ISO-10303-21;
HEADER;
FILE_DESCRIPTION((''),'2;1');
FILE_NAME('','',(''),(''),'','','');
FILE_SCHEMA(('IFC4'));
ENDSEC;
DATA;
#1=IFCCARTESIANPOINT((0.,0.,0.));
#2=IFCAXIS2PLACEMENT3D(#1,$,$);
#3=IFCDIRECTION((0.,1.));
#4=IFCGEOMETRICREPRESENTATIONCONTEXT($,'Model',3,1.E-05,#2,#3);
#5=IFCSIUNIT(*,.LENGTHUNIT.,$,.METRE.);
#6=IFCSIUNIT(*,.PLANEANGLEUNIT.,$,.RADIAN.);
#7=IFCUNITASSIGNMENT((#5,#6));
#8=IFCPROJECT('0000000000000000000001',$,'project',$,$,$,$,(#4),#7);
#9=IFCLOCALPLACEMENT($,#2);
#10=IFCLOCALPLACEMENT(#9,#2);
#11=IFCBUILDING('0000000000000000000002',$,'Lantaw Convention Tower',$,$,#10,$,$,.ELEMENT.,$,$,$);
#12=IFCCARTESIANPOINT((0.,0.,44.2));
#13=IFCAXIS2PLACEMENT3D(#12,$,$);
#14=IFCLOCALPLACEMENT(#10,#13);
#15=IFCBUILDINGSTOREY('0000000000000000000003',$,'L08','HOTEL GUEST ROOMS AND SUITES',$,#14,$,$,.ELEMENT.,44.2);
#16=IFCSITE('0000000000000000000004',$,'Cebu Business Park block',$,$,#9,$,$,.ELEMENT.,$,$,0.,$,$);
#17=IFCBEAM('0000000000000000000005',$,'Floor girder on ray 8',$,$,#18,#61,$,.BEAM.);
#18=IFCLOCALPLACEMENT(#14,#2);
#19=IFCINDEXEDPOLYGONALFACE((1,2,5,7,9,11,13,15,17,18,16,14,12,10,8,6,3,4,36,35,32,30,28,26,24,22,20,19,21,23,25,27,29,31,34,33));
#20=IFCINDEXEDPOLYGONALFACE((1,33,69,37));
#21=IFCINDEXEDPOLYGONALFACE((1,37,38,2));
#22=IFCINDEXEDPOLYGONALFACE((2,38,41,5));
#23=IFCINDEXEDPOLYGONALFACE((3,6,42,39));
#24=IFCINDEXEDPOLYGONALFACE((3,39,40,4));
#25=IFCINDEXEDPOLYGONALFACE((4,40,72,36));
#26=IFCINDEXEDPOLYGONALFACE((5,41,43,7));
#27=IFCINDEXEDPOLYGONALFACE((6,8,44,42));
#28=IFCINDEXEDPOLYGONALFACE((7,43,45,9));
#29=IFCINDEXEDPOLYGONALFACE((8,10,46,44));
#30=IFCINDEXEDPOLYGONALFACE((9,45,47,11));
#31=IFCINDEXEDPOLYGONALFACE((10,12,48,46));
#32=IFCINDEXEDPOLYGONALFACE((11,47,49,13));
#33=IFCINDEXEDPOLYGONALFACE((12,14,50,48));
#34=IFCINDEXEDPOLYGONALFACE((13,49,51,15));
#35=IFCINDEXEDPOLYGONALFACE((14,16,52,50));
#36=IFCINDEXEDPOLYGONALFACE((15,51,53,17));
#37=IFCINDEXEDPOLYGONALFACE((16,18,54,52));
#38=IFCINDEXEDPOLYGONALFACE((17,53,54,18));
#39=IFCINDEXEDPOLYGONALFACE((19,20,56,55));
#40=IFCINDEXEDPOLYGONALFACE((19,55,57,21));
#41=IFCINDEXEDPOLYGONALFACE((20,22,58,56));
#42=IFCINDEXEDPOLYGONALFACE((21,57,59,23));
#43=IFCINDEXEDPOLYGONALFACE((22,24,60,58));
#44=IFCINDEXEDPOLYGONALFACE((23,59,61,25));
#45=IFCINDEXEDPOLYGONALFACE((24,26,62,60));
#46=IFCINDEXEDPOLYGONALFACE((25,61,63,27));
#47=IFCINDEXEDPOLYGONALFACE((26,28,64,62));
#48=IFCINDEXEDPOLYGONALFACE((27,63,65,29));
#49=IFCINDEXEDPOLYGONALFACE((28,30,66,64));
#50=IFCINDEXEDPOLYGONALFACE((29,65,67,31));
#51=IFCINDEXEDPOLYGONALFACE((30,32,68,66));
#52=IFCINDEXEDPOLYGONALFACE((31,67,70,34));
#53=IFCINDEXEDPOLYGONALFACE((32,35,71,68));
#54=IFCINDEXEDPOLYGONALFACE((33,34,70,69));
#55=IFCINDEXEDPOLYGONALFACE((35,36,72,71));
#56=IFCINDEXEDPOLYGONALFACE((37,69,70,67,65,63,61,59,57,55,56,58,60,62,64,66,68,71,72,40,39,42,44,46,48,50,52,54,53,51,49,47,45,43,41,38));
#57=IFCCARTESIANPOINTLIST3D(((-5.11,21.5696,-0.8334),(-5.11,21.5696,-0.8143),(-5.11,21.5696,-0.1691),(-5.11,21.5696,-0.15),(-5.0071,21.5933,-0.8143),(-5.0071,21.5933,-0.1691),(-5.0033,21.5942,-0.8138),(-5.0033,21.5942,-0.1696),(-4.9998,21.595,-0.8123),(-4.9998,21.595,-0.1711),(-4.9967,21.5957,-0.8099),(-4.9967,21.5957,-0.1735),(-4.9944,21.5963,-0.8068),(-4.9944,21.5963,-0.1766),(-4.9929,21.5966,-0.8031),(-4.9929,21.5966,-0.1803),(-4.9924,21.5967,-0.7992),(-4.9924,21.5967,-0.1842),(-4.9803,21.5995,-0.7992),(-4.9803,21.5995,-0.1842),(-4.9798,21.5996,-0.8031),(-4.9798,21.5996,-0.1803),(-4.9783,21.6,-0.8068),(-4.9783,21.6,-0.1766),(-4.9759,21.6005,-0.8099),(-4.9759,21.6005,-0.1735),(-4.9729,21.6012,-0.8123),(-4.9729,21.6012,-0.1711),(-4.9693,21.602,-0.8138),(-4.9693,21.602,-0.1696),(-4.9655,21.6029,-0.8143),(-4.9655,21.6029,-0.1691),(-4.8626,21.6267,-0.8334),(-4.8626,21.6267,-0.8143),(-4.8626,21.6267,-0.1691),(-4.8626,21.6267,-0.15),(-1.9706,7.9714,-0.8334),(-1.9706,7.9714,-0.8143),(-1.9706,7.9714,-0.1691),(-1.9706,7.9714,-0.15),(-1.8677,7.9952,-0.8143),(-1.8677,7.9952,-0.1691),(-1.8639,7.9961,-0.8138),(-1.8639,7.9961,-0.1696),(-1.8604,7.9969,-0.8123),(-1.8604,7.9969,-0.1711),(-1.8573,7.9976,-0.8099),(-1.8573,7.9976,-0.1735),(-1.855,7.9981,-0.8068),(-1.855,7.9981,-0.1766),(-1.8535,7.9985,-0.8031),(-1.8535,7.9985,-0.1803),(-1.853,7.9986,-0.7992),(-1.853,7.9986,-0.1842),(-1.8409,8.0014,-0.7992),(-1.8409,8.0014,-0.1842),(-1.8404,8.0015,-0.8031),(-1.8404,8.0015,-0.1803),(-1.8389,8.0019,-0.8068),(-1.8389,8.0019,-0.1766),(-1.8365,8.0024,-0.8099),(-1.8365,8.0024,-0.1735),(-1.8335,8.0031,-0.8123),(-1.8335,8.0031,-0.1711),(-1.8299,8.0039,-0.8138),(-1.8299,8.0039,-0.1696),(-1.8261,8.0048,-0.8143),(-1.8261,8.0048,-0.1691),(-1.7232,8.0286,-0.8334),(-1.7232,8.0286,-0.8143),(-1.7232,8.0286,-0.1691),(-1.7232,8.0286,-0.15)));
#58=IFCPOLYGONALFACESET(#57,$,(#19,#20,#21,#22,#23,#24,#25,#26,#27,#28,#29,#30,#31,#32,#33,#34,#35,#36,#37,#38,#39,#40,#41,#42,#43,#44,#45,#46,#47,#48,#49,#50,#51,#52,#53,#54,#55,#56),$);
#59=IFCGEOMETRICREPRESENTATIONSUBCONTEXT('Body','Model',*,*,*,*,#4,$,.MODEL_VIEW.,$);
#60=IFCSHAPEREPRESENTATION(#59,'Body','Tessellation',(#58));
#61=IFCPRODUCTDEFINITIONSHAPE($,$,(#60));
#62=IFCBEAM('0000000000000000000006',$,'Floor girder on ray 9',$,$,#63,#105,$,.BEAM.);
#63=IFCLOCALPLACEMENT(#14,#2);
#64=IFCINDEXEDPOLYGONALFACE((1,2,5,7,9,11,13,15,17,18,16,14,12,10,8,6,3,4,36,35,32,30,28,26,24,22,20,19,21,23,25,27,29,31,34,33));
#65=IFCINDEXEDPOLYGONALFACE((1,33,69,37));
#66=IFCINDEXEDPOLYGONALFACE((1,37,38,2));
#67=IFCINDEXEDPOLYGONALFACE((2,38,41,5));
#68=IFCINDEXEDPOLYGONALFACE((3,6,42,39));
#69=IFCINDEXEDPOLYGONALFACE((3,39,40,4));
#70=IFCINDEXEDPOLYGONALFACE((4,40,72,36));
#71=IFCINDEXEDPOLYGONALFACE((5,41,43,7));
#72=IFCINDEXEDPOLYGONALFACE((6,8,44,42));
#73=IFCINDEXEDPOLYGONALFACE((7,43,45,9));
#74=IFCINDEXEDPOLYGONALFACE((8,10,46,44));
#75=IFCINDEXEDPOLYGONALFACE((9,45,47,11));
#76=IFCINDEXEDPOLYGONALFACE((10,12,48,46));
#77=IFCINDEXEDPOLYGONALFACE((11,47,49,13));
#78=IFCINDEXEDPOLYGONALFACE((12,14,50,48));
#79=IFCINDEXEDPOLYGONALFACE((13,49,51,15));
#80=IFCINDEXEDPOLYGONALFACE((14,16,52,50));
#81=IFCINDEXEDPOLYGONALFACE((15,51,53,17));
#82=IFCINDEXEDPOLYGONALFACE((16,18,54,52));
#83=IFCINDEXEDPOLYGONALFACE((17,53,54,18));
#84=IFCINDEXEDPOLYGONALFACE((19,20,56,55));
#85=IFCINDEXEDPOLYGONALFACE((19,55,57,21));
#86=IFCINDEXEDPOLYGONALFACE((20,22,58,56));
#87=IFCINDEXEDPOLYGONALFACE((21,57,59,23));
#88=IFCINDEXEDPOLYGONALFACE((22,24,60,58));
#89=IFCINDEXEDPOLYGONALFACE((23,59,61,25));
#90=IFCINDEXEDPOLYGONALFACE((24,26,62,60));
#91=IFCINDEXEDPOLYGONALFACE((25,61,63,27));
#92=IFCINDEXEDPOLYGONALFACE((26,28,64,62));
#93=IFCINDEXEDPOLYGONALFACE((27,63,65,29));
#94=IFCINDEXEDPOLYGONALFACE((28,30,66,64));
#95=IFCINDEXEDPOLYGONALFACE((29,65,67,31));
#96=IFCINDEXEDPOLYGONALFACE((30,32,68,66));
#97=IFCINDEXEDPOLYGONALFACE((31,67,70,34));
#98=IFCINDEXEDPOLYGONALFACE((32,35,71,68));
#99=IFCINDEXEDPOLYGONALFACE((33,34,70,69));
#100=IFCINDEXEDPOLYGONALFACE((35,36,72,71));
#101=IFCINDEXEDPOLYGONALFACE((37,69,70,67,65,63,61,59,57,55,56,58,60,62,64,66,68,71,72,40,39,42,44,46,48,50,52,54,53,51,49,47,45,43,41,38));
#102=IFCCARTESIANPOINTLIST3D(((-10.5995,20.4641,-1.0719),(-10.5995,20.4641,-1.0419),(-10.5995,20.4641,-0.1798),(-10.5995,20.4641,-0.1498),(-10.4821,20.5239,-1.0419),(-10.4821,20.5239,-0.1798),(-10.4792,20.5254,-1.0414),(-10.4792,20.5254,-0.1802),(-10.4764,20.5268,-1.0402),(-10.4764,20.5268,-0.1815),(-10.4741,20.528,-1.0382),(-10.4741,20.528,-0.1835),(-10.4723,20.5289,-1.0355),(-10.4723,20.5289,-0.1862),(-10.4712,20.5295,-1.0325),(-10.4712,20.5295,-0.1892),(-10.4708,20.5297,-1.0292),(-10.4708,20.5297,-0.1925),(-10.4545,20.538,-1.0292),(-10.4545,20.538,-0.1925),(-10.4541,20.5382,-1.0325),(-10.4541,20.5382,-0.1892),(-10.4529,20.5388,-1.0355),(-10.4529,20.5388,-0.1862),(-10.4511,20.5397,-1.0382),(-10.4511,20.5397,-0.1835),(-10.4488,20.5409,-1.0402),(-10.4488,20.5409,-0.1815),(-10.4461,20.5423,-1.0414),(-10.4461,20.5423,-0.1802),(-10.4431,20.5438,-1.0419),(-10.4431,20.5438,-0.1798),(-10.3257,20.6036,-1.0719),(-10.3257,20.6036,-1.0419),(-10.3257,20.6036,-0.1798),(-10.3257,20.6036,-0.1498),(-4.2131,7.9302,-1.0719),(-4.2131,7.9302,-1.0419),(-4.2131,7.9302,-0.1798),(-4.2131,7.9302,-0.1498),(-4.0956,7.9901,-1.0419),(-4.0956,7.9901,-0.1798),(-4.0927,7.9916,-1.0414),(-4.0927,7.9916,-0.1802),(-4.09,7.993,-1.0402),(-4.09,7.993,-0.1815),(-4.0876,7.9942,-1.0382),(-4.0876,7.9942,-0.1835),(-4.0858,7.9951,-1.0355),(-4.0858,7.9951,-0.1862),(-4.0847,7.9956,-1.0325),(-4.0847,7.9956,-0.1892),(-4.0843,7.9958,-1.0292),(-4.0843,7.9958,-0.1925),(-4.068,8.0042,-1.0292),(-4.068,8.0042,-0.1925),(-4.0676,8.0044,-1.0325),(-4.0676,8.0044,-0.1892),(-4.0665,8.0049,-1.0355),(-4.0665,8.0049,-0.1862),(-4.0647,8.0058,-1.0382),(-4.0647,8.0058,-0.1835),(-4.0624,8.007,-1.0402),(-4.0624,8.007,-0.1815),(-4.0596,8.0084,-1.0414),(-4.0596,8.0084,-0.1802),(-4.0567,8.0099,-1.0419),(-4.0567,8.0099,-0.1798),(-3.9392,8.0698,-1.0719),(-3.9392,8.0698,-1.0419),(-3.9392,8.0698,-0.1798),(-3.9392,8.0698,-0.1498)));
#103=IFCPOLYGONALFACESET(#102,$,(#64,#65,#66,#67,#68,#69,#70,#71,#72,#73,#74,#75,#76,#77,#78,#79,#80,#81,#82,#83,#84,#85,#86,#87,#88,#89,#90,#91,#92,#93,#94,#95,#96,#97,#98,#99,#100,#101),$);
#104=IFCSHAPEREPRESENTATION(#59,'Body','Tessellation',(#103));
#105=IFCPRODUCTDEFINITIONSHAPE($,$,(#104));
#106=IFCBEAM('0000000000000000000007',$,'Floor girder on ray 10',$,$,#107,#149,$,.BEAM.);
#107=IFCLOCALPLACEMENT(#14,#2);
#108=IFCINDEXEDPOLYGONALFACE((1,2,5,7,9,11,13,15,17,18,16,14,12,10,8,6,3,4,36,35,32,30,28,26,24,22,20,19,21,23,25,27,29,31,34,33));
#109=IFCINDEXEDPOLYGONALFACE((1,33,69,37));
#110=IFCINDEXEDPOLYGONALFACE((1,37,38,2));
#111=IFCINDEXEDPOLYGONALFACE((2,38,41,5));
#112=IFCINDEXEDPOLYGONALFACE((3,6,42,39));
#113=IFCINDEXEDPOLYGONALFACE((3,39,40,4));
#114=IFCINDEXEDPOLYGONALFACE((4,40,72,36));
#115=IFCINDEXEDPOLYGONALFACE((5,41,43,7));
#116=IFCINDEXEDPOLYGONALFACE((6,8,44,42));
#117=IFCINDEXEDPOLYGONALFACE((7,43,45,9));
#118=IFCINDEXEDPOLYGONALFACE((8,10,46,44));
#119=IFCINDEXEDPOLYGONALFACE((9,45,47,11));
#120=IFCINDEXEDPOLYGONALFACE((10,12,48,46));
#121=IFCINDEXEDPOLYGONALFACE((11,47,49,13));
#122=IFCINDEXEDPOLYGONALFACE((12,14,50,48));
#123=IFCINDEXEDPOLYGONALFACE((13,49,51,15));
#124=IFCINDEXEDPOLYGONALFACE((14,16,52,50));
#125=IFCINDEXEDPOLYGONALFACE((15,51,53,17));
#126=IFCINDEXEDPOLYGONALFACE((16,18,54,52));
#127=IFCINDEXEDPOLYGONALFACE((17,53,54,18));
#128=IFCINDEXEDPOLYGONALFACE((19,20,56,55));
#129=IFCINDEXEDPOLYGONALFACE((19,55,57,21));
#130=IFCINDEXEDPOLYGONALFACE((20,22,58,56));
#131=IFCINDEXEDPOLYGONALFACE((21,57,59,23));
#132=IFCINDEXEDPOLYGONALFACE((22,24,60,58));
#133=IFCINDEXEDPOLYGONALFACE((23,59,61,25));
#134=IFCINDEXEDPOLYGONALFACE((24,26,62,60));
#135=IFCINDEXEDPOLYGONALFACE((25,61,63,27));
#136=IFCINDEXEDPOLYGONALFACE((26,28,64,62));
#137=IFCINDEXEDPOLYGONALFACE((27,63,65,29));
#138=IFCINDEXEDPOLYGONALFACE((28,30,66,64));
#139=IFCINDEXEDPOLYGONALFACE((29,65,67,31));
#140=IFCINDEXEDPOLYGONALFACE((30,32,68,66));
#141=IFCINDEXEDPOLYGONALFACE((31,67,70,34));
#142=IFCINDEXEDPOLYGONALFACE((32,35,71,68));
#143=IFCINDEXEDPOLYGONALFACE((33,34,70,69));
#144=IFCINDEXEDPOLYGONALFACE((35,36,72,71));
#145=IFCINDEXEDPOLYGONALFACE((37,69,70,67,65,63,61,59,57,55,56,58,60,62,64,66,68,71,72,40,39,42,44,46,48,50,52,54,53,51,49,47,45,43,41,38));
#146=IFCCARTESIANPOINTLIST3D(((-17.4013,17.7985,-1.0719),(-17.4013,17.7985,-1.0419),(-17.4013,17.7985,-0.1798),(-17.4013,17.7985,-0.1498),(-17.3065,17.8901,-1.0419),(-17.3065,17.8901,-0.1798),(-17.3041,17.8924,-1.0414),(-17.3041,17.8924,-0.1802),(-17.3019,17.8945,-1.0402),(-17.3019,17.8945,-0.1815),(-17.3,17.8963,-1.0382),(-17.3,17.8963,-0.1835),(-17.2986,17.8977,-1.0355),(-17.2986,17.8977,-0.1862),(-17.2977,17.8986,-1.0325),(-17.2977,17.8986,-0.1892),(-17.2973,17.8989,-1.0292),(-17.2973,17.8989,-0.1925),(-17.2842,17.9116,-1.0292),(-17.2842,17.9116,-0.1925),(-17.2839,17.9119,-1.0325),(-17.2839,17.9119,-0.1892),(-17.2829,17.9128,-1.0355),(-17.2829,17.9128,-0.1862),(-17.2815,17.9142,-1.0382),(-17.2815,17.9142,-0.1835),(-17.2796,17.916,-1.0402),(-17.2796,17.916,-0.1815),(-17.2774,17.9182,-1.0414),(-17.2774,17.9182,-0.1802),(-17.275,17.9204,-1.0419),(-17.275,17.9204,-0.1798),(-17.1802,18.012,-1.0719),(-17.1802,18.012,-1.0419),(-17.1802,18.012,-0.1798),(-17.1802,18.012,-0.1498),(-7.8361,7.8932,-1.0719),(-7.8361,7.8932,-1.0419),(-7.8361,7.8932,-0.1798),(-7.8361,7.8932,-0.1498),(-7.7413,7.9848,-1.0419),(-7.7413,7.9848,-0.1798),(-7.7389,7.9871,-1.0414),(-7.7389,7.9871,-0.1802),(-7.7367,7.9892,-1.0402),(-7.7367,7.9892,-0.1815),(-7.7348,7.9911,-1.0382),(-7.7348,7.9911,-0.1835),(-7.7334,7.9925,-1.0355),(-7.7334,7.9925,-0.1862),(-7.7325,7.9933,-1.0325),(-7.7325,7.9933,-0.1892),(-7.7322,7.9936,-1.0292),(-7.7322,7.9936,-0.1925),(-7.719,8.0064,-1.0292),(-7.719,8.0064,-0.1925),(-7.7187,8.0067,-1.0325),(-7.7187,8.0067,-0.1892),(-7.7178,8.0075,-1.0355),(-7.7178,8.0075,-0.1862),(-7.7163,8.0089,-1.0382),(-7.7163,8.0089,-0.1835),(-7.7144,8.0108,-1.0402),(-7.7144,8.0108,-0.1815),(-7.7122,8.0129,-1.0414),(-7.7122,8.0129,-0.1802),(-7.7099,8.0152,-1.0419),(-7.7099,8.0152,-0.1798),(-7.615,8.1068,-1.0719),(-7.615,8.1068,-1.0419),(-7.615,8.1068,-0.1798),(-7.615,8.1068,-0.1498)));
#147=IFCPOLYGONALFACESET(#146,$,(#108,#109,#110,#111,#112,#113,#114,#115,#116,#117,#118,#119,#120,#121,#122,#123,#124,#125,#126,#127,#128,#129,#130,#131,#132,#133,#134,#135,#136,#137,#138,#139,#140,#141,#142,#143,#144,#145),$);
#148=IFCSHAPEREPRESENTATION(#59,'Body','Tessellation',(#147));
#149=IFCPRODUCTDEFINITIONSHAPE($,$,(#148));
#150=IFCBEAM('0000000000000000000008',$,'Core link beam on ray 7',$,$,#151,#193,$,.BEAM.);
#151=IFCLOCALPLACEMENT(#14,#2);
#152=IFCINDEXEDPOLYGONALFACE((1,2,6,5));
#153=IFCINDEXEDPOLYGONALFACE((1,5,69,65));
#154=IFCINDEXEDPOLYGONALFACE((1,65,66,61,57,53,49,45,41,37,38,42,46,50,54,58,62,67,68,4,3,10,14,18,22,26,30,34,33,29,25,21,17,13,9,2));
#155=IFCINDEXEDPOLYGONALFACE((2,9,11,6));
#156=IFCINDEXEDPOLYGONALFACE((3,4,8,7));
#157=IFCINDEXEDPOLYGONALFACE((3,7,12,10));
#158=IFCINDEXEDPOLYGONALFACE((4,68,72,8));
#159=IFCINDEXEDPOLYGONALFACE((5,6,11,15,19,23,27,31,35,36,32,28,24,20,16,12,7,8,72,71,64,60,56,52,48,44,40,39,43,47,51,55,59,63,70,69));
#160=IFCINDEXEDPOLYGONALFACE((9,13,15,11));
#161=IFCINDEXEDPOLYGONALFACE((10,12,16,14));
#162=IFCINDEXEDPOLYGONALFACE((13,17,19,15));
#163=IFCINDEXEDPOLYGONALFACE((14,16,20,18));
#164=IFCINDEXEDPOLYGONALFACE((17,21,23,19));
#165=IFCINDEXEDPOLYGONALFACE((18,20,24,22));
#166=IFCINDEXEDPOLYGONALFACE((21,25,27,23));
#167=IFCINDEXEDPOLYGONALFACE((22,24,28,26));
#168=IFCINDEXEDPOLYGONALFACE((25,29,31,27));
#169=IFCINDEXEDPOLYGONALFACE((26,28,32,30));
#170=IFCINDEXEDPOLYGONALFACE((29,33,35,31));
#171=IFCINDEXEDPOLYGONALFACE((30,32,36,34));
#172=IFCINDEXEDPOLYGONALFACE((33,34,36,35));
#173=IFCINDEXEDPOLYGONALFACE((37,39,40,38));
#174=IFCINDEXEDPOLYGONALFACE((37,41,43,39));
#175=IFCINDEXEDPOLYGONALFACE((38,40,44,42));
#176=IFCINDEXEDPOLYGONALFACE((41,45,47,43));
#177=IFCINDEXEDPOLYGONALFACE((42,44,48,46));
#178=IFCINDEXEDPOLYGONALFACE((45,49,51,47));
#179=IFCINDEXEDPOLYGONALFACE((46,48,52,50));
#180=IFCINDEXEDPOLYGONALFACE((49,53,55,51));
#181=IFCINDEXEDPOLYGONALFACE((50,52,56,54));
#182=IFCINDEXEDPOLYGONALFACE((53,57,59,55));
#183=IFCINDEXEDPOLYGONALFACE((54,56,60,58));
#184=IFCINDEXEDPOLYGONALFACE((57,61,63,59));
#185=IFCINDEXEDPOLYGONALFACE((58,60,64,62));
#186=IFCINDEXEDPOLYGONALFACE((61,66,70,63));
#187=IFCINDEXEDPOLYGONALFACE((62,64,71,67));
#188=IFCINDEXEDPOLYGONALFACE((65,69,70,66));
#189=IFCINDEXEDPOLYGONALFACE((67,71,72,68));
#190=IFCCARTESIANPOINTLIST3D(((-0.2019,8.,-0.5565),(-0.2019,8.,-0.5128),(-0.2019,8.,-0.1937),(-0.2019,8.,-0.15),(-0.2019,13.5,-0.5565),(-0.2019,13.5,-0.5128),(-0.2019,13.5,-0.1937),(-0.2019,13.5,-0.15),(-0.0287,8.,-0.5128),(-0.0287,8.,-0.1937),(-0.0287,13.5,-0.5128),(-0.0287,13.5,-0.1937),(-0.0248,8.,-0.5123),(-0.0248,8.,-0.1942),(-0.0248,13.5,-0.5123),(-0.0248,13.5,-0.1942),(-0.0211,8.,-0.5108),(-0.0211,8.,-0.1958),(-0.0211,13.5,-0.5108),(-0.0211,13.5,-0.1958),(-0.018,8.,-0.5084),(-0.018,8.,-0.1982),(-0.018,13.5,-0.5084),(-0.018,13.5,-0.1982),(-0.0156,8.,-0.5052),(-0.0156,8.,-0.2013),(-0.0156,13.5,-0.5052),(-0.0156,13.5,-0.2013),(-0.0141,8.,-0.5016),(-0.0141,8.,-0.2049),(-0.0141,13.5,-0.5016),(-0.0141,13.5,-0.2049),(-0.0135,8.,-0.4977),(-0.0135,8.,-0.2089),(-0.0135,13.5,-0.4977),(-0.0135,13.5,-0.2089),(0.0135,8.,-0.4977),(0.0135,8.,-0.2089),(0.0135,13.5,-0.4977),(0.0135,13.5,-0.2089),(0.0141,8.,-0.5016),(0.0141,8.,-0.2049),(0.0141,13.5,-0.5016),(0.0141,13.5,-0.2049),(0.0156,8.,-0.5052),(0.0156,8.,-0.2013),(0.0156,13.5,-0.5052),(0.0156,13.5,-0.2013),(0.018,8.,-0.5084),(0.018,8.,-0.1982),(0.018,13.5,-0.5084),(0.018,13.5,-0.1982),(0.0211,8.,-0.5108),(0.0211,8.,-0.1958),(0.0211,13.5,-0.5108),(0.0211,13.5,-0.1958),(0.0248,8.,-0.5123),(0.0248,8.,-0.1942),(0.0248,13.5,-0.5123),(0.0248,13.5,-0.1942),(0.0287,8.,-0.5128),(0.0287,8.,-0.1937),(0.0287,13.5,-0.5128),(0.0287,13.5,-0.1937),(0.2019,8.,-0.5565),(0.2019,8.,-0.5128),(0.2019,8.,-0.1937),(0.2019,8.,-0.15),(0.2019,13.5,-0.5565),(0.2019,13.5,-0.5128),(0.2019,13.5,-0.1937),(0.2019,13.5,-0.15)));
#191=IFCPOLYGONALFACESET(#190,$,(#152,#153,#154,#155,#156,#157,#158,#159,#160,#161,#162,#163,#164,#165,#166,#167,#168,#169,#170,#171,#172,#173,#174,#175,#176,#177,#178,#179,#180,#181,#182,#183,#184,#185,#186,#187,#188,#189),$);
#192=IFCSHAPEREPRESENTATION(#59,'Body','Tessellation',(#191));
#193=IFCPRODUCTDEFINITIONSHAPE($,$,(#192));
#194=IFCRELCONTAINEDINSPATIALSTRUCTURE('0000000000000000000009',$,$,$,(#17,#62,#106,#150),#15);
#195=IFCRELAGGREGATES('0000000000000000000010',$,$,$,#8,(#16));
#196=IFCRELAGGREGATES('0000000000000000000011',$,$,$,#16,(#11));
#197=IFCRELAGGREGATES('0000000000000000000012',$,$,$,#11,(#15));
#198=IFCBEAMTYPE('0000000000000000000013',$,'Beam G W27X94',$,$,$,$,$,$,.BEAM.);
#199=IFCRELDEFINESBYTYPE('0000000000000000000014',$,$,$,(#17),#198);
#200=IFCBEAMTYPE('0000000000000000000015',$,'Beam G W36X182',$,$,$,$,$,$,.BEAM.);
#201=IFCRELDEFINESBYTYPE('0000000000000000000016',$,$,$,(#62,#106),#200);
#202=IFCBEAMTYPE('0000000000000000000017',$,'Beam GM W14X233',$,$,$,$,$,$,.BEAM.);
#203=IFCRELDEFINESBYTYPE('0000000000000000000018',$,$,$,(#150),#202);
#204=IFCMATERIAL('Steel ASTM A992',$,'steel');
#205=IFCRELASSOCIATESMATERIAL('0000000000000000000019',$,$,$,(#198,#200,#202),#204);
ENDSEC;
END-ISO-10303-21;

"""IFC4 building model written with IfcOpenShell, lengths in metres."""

from ifc_helpers import new_model, si_unit, direction, frame, origin, origin_2d, place, context, subcontext, project, spatial, i_section, extrude, material, material_profile, profile_set, type_object, element, save


model = new_model("IFC4")

# Units and contexts
model_context = context("Model", 3, precision=1e-05, world=origin(), true_north=direction((0.0, 1.0)))
body_context = subcontext(model_context, "Body", "Model", "MODEL_VIEW")
ifc_project = project(units=[si_unit("LENGTHUNIT", "METRE"), si_unit("PLANEANGLEUNIT", "RADIAN")], contexts=[model_context])

# Site, building, storey
site_placement = place(None, origin())
site = spatial("IfcSite", under=ifc_project, at=site_placement, Name="Cebu Business Park block", CompositionType="ELEMENT", RefElevation=0.0)
building_placement = place(site_placement, origin())
building = spatial("IfcBuilding", under=site, at=building_placement, Name="Lantaw Convention Tower", CompositionType="ELEMENT")
storey_placement = place(building_placement, frame((0.0, 0.0, 44.2)))
storey = spatial("IfcBuildingStorey", under=building, at=storey_placement, Name="L08", Description="HOTEL GUEST ROOMS AND SUITES", CompositionType="ELEMENT", Elevation=44.2)

# Beams
ifc_material_1 = material(Name="Steel ASTM A992", Category="steel")
ifc_material_profile_1 = material_profile(ifc_material_1, i_section(OverallWidth=0.2539, OverallDepth=0.6833, WebThickness=0.0125, FlangeThickness=0.019, FilletRadius=0.0151, at=origin_2d()), Name="W27X94")
ifc_profile_set_1 = profile_set([ifc_material_profile_1], Name="Steel ASTM A992")
beam_type_1 = type_object("IfcBeamType", Name="Beam G W27X94", PredefinedType="BEAM", material=ifc_profile_set_1)
beam_1_placement = place(storey_placement, frame((-1.8469, 8.0, -0.4917), z_axis=(-0.224953, 0.97437, 0.0), x_axis=(-0.97437, -0.224953, 0.0)))
element("IfcBeam", 1, at=beam_1_placement, inside=storey, type_object=beam_type_1, Name="Floor girder on ray 8", PredefinedType="BEAM", context=body_context, shape_type="SweptSolid", body=[
    extrude(i_section(OverallWidth=0.2539, OverallDepth=0.6833, WebThickness=0.0125, FlangeThickness=0.019, FilletRadius=0.0151, at=origin_2d()), origin(), (0.0, 0.0, 1.0), 13.9558),
])
ifc_material_profile_2 = material_profile(ifc_material_1, i_section(OverallWidth=0.3074, OverallDepth=0.9221, WebThickness=0.0183, FlangeThickness=0.03, FilletRadius=0.0127, at=origin_2d()), Name="W36X182")
ifc_profile_set_2 = profile_set([ifc_material_profile_2], Name="Steel ASTM A992")
beam_type_2 = type_object("IfcBeamType", Name="Beam G W36X182", PredefinedType="BEAM", material=ifc_profile_set_2)
beam_2_placement = place(storey_placement, frame((-4.0762, 8.0, -0.6108), z_axis=(-0.453997, 0.891003, 0.0), x_axis=(-0.891003, -0.453997, 0.0)))
element("IfcBeam", 2, at=beam_2_placement, inside=storey, type_object=beam_type_2, Name="Floor girder on ray 9", PredefinedType="BEAM", context=body_context, shape_type="SweptSolid", body=[
    extrude(i_section(OverallWidth=0.3074, OverallDepth=0.9221, WebThickness=0.0183, FlangeThickness=0.03, FilletRadius=0.0127, at=origin_2d()), origin(), (0.0, 0.0, 1.0), 14.0671),
])
beam_3_placement = place(storey_placement, frame((-7.7256, 8.0, -0.6108), z_axis=(-0.69465, 0.719348, 0.0), x_axis=(-0.719348, -0.69465, 0.0)))
element("IfcBeam", 3, at=beam_3_placement, inside=storey, type_object=beam_type_2, Name="Floor girder on ray 10", PredefinedType="BEAM", context=body_context, shape_type="SweptSolid", body=[
    extrude(i_section(OverallWidth=0.3074, OverallDepth=0.9221, WebThickness=0.0183, FlangeThickness=0.03, FilletRadius=0.0127, at=origin_2d()), origin(), (0.0, 0.0, 1.0), 13.7698),
])
ifc_material_profile_3 = material_profile(ifc_material_1, i_section(OverallWidth=0.4038, OverallDepth=0.4065, WebThickness=0.0271, FlangeThickness=0.0437, FilletRadius=0.0151, at=origin_2d()), Name="W14X233")
ifc_profile_set_3 = profile_set([ifc_material_profile_3], Name="Steel ASTM A992")
beam_type_3 = type_object("IfcBeamType", Name="Beam GM W14X233", PredefinedType="BEAM", material=ifc_profile_set_3)
beam_4_placement = place(storey_placement, frame((0.0, 8.0, -0.3533), z_axis=(0.0, 1.0, 0.0), x_axis=(-1.0, 0.0, 0.0)))
element("IfcBeam", 4, at=beam_4_placement, inside=storey, type_object=beam_type_3, Name="Core link beam on ray 7", PredefinedType="BEAM", context=body_context, shape_type="SweptSolid", body=[
    extrude(i_section(OverallWidth=0.4038, OverallDepth=0.4065, WebThickness=0.0271, FlangeThickness=0.0437, FilletRadius=0.0151, at=origin_2d()), origin(), (0.0, 0.0, 1.0), 5.5),
])

save(model, "model.ifc")
